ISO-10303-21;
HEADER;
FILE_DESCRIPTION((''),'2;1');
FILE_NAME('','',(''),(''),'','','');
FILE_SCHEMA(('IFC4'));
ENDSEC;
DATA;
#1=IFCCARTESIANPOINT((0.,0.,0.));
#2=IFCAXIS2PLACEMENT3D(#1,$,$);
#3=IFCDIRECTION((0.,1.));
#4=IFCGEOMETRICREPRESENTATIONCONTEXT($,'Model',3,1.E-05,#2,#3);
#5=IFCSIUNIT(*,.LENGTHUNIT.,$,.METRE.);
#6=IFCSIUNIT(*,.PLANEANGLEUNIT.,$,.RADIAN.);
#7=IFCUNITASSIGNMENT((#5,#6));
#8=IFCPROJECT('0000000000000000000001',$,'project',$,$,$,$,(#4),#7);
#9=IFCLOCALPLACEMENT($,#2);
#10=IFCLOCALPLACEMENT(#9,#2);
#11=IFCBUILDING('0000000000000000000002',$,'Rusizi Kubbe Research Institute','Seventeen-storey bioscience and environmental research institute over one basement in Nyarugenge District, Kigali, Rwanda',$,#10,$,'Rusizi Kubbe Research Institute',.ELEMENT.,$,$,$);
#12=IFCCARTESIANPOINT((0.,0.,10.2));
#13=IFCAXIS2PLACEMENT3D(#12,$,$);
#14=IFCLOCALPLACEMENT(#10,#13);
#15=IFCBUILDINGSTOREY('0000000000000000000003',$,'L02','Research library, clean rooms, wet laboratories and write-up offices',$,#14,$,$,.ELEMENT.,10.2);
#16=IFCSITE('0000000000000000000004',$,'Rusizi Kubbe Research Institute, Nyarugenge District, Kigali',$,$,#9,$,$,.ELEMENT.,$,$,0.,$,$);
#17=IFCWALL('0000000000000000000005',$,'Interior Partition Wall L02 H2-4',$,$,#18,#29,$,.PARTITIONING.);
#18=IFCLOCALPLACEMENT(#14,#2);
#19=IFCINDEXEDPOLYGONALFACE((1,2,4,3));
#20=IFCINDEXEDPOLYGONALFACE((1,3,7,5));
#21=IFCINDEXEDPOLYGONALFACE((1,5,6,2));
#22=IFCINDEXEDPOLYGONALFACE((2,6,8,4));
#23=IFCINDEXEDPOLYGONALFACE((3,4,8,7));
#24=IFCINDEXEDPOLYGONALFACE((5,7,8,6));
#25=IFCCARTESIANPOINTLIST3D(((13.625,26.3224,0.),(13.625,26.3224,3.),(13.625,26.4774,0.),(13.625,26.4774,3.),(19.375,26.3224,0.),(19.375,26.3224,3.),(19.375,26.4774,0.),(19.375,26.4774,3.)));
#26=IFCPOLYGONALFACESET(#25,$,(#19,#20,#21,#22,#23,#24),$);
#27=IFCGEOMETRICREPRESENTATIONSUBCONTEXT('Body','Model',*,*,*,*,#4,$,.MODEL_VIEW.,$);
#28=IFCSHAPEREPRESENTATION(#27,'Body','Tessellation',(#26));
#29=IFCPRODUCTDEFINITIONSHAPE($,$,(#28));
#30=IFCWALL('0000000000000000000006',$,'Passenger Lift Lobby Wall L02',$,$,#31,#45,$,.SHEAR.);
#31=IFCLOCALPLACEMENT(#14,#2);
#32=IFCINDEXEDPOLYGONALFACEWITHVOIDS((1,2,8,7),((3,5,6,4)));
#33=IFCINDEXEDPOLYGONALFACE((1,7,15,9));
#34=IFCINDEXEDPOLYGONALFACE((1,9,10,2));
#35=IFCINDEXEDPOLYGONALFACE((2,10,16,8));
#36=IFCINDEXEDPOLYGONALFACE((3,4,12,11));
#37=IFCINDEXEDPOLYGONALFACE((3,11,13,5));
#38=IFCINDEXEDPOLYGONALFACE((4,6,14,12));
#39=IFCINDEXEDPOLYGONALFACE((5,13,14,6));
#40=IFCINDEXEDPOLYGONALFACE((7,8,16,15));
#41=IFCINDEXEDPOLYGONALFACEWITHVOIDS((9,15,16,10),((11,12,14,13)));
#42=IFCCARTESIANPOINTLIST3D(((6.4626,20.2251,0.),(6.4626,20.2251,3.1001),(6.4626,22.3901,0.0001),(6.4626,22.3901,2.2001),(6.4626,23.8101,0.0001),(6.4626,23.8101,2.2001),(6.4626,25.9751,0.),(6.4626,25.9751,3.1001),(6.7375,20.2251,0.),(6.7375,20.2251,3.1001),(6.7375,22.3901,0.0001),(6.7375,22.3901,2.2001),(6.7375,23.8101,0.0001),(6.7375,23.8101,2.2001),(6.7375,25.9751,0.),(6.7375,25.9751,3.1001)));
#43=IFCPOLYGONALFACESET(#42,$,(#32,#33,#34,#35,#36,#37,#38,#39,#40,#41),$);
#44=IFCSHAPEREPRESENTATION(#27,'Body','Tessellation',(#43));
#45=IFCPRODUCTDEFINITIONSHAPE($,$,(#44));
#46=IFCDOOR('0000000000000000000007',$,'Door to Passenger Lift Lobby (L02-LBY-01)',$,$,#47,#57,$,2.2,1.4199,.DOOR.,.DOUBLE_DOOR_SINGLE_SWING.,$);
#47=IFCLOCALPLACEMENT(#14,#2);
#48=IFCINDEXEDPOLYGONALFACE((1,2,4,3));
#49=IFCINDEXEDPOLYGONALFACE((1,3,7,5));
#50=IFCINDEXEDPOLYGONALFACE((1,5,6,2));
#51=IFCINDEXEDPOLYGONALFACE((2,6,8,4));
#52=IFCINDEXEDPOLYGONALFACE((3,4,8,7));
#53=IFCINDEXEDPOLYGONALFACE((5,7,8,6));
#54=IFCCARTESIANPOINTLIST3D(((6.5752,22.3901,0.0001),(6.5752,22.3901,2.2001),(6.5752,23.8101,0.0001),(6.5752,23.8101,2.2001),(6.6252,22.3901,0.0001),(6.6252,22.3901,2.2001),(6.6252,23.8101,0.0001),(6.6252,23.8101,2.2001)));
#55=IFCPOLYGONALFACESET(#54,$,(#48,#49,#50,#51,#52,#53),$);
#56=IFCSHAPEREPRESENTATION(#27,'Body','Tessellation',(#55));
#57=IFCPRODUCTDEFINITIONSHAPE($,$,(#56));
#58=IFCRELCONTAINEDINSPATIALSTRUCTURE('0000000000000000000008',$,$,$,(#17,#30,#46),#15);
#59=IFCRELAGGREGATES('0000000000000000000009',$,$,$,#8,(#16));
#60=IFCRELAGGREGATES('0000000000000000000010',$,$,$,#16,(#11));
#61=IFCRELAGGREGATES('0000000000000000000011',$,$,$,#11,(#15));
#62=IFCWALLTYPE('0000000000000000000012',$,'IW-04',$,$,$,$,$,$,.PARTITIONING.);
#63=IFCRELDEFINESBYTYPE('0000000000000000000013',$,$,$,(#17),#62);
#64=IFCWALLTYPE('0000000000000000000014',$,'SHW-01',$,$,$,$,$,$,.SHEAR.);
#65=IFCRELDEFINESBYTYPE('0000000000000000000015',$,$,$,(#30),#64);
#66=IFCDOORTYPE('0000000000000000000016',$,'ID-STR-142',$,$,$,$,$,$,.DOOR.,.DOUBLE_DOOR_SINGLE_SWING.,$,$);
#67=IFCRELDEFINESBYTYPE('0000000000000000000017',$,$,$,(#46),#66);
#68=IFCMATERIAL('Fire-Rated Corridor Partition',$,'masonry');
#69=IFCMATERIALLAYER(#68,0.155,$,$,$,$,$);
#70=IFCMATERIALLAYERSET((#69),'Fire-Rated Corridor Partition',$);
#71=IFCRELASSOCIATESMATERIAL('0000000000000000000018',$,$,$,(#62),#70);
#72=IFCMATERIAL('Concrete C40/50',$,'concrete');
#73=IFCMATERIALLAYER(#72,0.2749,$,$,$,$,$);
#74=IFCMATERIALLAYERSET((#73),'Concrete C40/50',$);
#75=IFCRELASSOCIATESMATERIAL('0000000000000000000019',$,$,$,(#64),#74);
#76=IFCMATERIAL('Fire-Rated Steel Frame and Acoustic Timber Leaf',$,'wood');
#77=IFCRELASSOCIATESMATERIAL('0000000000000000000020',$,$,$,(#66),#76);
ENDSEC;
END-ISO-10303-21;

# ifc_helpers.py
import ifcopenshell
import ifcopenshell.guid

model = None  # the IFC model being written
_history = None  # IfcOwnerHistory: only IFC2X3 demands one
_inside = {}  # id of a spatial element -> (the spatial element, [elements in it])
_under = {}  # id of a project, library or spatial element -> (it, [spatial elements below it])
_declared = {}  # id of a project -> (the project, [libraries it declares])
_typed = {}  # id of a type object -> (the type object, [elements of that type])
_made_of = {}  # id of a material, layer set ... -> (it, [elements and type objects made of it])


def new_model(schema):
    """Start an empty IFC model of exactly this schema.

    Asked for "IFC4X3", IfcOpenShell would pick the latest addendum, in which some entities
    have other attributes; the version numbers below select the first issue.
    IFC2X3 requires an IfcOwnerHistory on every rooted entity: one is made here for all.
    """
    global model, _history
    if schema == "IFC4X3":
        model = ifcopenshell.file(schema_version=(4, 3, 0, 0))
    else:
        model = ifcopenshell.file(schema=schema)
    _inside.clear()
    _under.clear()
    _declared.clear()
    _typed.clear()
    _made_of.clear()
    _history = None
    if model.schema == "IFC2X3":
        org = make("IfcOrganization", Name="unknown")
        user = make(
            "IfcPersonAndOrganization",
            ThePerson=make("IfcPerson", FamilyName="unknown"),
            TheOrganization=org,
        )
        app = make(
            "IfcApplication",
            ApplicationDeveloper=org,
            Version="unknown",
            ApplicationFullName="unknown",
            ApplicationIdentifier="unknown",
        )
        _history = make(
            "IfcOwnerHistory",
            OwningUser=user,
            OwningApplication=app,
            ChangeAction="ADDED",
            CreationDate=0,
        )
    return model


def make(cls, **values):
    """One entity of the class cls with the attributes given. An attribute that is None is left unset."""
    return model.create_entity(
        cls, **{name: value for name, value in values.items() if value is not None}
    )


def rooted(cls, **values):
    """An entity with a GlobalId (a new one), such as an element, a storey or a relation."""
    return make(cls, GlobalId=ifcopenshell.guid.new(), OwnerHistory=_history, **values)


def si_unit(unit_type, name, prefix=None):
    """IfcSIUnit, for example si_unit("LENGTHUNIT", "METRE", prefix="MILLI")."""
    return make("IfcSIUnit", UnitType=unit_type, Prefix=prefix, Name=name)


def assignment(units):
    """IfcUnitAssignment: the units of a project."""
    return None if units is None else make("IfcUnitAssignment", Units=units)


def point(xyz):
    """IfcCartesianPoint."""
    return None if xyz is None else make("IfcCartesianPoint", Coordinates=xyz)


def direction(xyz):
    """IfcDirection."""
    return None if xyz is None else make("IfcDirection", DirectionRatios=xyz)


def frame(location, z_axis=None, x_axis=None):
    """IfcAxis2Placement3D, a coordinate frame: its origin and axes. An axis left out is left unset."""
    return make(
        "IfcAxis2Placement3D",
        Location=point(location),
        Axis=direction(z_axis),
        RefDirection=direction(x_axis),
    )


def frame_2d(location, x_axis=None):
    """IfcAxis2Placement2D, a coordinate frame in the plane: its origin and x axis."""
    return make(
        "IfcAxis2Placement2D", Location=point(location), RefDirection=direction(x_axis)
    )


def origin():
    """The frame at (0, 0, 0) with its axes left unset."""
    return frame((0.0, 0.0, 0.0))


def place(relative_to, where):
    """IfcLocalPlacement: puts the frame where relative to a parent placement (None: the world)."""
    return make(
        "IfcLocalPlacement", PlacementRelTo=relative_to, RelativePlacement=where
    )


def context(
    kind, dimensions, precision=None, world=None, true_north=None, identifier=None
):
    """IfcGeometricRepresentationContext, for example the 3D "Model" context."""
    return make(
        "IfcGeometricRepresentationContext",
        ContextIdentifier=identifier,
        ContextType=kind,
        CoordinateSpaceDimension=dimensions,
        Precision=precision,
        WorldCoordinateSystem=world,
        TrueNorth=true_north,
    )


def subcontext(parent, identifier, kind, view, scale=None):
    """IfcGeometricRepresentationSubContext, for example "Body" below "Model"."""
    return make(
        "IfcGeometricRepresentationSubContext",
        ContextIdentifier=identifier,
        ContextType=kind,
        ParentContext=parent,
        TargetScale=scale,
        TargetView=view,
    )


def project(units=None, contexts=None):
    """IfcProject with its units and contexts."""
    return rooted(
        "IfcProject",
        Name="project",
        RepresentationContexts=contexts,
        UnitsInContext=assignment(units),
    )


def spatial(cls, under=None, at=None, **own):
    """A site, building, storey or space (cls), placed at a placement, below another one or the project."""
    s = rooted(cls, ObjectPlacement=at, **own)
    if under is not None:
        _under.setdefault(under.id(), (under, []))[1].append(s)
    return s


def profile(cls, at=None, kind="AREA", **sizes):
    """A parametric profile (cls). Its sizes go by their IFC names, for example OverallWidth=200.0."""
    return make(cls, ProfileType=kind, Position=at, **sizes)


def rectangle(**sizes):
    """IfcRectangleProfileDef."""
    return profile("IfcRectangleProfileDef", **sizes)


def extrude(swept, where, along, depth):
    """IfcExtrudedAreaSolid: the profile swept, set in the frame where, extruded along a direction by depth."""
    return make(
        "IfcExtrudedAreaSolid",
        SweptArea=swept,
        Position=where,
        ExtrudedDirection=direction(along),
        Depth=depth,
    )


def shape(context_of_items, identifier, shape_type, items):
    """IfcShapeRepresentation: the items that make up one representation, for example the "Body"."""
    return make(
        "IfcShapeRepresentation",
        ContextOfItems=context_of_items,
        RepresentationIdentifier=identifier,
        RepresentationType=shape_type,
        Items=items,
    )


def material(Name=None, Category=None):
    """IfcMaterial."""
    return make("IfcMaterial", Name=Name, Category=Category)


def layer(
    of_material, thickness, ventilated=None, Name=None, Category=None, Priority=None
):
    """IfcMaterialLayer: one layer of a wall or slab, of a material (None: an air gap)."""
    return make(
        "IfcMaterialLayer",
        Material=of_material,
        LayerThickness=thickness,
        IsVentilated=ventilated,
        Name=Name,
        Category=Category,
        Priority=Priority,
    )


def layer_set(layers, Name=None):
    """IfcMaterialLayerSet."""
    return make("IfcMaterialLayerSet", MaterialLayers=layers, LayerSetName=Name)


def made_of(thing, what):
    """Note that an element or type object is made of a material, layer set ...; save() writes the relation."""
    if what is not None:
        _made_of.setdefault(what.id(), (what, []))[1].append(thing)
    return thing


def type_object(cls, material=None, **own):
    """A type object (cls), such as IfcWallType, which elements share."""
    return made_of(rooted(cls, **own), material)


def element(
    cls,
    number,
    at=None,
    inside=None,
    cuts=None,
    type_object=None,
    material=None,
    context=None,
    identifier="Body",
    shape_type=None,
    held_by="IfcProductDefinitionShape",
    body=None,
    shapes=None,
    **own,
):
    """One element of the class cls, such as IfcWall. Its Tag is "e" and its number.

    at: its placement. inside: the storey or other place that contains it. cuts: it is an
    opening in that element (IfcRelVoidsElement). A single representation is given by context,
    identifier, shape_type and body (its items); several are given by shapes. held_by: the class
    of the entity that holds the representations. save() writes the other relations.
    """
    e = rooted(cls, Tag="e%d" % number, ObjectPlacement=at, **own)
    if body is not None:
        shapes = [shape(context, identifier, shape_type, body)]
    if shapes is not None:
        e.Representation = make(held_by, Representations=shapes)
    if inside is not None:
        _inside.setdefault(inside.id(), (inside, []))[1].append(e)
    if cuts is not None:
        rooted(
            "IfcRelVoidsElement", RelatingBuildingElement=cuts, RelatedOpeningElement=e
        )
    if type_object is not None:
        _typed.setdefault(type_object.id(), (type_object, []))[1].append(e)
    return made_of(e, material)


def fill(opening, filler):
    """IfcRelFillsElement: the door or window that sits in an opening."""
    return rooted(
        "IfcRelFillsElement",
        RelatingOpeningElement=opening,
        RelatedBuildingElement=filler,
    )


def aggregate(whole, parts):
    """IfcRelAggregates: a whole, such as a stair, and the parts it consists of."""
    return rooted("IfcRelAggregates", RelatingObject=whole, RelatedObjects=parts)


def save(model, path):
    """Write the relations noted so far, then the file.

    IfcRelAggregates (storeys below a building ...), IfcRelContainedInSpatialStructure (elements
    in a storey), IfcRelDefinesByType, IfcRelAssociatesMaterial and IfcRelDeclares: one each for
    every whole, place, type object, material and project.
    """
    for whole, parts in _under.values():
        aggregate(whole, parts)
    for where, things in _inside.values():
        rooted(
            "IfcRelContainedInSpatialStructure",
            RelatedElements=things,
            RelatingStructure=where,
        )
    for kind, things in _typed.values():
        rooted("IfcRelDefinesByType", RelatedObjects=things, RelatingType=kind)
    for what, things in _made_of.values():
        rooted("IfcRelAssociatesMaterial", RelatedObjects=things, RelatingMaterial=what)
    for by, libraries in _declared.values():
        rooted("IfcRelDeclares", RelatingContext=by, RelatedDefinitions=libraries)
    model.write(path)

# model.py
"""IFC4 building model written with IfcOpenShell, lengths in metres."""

from ifc_helpers import new_model, si_unit, direction, frame, frame_2d, origin, place, context, subcontext, project, spatial, rectangle, extrude, material, layer, layer_set, type_object, element, fill, save


model = new_model("IFC4")

# Units and contexts
model_context = context("Model", 3, precision=1e-05, world=origin(), true_north=direction((0.0, 1.0)))
body_context = subcontext(model_context, "Body", "Model", "MODEL_VIEW")
ifc_project = project(units=[si_unit("LENGTHUNIT", "METRE"), si_unit("PLANEANGLEUNIT", "RADIAN")], contexts=[model_context])

# Site, building, storey
site_placement = place(None, origin())
site = spatial("IfcSite", under=ifc_project, at=site_placement, Name="Rusizi Kubbe Research Institute, Nyarugenge District, Kigali", CompositionType="ELEMENT", RefElevation=0.0)
building_placement = place(site_placement, origin())
building = spatial("IfcBuilding", under=site, at=building_placement, Name="Rusizi Kubbe Research Institute", Description="Seventeen-storey bioscience and environmental research institute over one basement in Nyarugenge District, Kigali, Rwanda", LongName="Rusizi Kubbe Research Institute", CompositionType="ELEMENT")
storey_placement = place(building_placement, frame((0.0, 0.0, 10.2)))
storey = spatial("IfcBuildingStorey", under=building, at=storey_placement, Name="L02", Description="Research library, clean rooms, wet laboratories and write-up offices", CompositionType="ELEMENT", Elevation=10.2)

# Wall
ifc_material_1 = material(Name="Fire-Rated Corridor Partition", Category="masonry")
ifc_layer_1 = layer(ifc_material_1, 0.155)
ifc_layer_set_1 = layer_set([ifc_layer_1], Name="Fire-Rated Corridor Partition")
wall_type_1 = type_object("IfcWallType", Name="IW-04", PredefinedType="PARTITIONING", material=ifc_layer_set_1)
wall_1_placement = place(storey_placement, frame((13.625, 26.3999, 0.0), z_axis=(0.0, 0.0, 1.0), x_axis=(1.0, 0.0, 0.0)))
element("IfcWall", 1, at=wall_1_placement, inside=storey, type_object=wall_type_1, Name="Interior Partition Wall L02 H2-4", PredefinedType="PARTITIONING", context=body_context, shape_type="SweptSolid", body=[
    extrude(rectangle(XDim=5.75, YDim=0.155, at=frame_2d((2.875, 0.0))), origin(), (0.0, 0.0, 1.0), 3.0),
])

# Wall, opening, door
ifc_material_2 = material(Name="Concrete C40/50", Category="concrete")
ifc_layer_2 = layer(ifc_material_2, 0.2749)
ifc_layer_set_2 = layer_set([ifc_layer_2], Name="Concrete C40/50")
wall_type_2 = type_object("IfcWallType", Name="SHW-01", PredefinedType="SHEAR", material=ifc_layer_set_2)
wall_2_placement = place(storey_placement, frame((6.6001, 20.2251, 0.0), z_axis=(0.0, 0.0, 1.0), x_axis=(0.0, 1.0, 0.0)))
wall_2 = element("IfcWall", 2, at=wall_2_placement, inside=storey, type_object=wall_type_2, Name="Passenger Lift Lobby Wall L02", PredefinedType="SHEAR", context=body_context, shape_type="SweptSolid", body=[
    extrude(rectangle(XDim=5.75, YDim=0.2749, at=frame_2d((2.875, 0.0))), origin(), (0.0, 0.0, 1.0), 3.1001),
])
opening_1_placement = place(wall_2_placement, frame((2.165, 0.0, 0.0)))
opening_1 = element("IfcOpeningElement", 3, at=opening_1_placement, cuts=wall_2, PredefinedType="OPENING", context=body_context, shape_type="SweptSolid", body=[
    extrude(rectangle(XDim=1.4199, YDim=2.2, at=frame_2d((0.71, 1.1001))), frame((0.0, 0.1475, 0.0), z_axis=(0.0, -1.0, 0.0), x_axis=(1.0, 0.0, 0.0)), (0.0, 0.0, 1.0), 0.2949),
])
ifc_material_3 = material(Name="Fire-Rated Steel Frame and Acoustic Timber Leaf", Category="wood")
door_type_1 = type_object("IfcDoorType", Name="ID-STR-142", OperationType="DOUBLE_DOOR_SINGLE_SWING", PredefinedType="DOOR", material=ifc_material_3)
door_1_placement = place(opening_1_placement, origin())
door_1 = element("IfcDoor", 4, at=door_1_placement, inside=storey, type_object=door_type_1, Name="Door to Passenger Lift Lobby (L02-LBY-01)", OperationType="DOUBLE_DOOR_SINGLE_SWING", OverallHeight=2.2, OverallWidth=1.4199, PredefinedType="DOOR", context=body_context, shape_type="SweptSolid", body=[
    extrude(rectangle(XDim=1.4199, YDim=2.2, at=frame_2d((0.71, 1.1001))), frame((0.0, 0.0249, 0.0), z_axis=(0.0, -1.0, 0.0), x_axis=(1.0, 0.0, 0.0)), (0.0, 0.0, 1.0), 0.05),
])
fill(opening_1, door_1)

save(model, "model.ifc")
